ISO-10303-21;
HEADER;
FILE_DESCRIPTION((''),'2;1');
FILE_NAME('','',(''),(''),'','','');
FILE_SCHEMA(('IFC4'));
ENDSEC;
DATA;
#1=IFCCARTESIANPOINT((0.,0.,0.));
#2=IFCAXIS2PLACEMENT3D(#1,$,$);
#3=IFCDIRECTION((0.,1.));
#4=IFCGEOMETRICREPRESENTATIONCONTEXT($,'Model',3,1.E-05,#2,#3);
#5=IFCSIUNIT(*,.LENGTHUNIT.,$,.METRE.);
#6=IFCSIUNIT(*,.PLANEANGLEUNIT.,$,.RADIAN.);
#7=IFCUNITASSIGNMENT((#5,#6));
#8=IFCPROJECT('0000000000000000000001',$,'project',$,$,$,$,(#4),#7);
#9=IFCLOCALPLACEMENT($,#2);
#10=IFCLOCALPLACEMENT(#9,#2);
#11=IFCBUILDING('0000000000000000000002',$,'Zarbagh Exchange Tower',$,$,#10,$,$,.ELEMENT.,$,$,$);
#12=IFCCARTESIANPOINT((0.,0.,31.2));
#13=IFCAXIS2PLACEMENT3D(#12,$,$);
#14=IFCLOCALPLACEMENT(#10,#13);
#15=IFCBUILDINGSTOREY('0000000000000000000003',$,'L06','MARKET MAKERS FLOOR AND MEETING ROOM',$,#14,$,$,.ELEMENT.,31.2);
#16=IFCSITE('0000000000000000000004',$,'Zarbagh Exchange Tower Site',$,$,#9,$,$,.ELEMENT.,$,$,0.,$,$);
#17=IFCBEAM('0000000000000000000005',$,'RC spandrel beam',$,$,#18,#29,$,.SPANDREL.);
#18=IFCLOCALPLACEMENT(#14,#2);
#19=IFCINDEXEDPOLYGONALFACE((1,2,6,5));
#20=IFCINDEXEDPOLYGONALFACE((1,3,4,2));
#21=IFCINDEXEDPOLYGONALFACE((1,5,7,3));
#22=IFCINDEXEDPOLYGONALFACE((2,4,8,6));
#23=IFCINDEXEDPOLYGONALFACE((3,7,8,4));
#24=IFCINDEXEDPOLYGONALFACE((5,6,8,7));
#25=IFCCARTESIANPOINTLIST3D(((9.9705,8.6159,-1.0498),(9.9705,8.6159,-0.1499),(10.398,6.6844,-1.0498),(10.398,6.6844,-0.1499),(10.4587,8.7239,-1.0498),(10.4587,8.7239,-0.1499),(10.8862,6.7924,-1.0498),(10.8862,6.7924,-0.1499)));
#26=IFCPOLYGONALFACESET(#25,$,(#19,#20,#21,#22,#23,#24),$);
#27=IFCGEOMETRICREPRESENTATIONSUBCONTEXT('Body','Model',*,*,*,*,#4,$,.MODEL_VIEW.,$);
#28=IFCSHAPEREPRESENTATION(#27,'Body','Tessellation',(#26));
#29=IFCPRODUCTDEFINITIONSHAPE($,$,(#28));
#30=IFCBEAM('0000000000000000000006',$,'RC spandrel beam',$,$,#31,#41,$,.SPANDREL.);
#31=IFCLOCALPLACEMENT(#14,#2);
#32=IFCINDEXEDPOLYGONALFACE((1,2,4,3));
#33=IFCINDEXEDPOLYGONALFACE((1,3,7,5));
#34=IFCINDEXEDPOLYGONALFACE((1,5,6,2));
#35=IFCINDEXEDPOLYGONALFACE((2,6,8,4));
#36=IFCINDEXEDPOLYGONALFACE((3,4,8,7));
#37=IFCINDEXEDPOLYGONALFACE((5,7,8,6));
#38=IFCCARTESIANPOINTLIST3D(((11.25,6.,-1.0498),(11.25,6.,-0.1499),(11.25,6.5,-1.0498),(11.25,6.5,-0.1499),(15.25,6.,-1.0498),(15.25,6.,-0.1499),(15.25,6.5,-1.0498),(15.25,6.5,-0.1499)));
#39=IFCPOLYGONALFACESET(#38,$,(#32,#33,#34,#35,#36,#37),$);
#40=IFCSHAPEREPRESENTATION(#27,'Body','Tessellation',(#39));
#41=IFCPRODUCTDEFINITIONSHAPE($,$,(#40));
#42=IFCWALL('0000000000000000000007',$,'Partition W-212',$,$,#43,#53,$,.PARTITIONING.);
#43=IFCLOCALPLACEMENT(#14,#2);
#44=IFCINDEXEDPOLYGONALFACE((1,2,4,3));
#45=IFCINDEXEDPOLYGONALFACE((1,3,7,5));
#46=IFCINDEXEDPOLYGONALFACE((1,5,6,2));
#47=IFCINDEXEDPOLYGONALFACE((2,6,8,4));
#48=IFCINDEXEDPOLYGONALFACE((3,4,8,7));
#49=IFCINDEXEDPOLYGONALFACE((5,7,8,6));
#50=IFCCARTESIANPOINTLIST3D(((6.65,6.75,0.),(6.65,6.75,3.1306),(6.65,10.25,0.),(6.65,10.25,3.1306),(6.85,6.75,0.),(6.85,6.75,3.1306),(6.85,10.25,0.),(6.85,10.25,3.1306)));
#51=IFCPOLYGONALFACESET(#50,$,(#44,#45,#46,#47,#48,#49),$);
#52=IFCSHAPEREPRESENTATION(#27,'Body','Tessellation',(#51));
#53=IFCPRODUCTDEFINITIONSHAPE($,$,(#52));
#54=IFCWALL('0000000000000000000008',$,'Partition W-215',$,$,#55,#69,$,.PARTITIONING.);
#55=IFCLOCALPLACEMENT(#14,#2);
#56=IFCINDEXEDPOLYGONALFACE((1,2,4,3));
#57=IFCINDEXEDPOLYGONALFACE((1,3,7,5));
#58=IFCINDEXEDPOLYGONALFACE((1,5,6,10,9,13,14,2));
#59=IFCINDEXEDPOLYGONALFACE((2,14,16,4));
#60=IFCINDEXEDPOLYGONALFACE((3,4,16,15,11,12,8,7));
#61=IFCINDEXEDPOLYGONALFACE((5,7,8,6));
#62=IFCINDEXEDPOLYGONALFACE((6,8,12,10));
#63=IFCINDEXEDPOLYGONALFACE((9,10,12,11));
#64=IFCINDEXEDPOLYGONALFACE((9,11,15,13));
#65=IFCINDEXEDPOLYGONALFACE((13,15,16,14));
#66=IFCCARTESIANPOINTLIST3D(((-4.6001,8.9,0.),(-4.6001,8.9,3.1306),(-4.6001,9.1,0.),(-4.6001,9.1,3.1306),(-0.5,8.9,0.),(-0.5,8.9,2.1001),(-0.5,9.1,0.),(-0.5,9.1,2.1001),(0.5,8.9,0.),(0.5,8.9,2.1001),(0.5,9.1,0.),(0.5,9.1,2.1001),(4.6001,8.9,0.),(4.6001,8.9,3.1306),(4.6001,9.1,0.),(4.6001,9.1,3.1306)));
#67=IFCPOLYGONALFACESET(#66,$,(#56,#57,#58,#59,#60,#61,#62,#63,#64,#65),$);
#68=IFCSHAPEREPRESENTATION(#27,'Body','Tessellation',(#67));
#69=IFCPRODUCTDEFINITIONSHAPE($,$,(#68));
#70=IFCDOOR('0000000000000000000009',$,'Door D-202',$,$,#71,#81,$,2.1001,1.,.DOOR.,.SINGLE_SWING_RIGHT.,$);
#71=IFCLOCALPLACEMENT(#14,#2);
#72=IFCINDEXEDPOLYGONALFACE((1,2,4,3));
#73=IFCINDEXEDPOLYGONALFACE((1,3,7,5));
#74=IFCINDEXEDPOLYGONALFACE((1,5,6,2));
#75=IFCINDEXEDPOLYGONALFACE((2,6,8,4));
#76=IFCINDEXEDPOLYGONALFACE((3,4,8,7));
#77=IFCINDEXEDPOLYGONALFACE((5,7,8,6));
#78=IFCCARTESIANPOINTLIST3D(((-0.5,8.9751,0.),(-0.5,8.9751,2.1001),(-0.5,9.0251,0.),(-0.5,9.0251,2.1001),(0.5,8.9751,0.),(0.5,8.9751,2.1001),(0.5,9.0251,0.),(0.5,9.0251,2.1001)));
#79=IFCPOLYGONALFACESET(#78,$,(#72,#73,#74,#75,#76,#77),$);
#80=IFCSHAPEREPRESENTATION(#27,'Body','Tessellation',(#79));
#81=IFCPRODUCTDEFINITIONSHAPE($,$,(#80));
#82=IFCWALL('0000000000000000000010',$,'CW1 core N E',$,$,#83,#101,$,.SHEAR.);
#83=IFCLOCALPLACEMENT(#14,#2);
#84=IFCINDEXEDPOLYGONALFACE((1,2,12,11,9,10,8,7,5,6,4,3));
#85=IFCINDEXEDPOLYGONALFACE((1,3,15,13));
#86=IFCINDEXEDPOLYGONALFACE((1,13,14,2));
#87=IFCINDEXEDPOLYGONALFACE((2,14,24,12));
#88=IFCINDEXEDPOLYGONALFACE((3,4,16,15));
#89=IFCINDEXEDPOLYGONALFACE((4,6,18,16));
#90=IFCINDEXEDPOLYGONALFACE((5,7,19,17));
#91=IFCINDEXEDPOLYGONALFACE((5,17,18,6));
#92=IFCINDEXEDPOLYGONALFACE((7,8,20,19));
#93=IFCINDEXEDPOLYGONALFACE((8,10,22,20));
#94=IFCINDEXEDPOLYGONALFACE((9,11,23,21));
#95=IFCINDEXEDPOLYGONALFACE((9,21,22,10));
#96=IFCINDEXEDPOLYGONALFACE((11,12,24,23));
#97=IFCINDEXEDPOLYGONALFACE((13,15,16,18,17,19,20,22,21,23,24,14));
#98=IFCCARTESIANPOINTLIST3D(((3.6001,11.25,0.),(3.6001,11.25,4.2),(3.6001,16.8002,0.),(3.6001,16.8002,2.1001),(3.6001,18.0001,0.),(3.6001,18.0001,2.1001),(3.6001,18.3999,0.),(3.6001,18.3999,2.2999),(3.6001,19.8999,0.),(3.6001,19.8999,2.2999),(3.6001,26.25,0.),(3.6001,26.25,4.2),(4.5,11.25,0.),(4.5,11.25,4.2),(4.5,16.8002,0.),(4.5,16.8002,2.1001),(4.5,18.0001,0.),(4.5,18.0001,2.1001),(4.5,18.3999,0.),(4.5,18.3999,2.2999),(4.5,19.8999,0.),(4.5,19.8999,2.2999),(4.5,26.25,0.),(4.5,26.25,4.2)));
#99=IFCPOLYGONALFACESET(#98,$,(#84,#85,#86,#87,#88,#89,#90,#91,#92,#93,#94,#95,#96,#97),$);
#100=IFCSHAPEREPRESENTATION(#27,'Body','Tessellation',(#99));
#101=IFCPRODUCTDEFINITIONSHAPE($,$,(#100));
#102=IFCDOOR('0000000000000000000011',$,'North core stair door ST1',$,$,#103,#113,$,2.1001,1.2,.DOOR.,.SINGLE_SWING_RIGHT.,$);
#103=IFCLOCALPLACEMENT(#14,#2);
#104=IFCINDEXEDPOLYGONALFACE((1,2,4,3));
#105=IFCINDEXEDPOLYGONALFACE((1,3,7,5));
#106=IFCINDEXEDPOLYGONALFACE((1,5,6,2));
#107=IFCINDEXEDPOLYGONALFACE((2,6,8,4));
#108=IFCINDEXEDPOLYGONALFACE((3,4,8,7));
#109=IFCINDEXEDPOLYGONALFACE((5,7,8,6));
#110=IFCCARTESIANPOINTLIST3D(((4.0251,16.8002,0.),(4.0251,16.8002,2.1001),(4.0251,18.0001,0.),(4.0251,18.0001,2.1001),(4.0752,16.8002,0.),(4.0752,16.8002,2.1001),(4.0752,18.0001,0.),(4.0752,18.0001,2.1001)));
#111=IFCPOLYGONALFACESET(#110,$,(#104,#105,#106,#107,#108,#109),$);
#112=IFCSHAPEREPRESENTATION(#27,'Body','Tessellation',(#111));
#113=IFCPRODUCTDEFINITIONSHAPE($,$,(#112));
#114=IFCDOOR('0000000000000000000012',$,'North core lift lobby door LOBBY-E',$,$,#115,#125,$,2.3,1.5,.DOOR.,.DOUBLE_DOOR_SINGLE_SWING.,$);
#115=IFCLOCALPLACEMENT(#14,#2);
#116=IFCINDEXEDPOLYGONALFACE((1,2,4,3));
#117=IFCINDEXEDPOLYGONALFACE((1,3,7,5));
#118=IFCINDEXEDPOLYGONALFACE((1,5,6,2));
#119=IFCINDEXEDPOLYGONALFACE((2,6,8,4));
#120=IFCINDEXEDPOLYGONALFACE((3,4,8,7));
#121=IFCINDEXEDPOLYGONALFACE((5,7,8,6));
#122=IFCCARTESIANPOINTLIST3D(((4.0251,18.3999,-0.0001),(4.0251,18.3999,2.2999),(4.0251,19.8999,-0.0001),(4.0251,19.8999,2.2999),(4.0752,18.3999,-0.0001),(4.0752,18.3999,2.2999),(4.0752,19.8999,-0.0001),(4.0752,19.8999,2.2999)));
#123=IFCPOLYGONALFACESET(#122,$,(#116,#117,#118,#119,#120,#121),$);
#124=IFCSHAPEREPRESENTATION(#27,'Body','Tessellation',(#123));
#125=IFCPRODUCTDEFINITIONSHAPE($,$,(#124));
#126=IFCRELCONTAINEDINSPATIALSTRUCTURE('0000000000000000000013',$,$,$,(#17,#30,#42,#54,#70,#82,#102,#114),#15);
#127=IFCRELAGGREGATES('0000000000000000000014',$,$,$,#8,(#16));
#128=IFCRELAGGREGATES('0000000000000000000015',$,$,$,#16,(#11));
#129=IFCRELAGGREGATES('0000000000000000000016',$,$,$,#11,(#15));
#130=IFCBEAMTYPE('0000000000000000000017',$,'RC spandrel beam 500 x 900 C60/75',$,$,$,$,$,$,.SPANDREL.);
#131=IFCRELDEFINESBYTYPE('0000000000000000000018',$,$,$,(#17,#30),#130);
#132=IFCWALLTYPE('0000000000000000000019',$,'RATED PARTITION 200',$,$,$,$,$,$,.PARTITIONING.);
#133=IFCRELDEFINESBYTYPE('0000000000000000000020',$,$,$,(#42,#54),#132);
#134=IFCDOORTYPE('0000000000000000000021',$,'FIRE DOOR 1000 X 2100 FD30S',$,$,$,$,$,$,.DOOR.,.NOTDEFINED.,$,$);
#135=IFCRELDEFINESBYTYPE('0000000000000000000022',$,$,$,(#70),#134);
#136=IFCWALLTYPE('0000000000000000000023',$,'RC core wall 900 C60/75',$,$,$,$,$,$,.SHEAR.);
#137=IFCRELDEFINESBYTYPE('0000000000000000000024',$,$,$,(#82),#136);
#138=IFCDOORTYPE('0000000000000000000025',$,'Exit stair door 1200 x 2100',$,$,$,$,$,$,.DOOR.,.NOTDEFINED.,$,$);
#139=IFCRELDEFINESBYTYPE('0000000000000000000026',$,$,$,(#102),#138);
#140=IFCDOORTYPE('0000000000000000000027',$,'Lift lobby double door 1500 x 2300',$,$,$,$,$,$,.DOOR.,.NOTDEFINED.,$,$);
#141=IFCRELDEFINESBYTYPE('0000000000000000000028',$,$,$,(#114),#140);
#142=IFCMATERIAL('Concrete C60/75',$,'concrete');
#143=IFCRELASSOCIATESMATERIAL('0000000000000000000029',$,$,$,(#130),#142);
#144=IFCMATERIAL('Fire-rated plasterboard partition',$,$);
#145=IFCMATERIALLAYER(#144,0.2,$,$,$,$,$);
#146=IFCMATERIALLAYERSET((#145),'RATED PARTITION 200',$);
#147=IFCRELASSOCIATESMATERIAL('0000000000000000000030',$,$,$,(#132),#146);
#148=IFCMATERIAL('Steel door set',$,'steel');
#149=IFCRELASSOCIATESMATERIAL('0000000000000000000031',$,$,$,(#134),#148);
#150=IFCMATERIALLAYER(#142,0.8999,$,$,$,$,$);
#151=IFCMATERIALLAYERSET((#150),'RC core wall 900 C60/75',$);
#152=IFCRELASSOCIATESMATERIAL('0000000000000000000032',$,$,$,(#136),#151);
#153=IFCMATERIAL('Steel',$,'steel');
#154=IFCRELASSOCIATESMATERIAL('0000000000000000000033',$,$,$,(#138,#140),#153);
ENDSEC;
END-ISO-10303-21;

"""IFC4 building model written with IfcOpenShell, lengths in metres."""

from ifc_helpers import new_model, si_unit, direction, frame, frame_2d, origin, origin_2d, place, context, subcontext, project, spatial, rectangle, extrude, material, layer, layer_set, material_profile, profile_set, type_object, element, fill, save


model = new_model("IFC4")

# Units and contexts
model_context = context("Model", 3, precision=1e-05, world=origin(), true_north=direction((0.0, 1.0)))
body_context = subcontext(model_context, "Body", "Model", "MODEL_VIEW")
ifc_project = project(units=[si_unit("LENGTHUNIT", "METRE"), si_unit("PLANEANGLEUNIT", "RADIAN")], contexts=[model_context])

# Site, building, storey
site_placement = place(None, origin())
site = spatial("IfcSite", under=ifc_project, at=site_placement, Name="Zarbagh Exchange Tower Site", CompositionType="ELEMENT", RefElevation=0.0)
building_placement = place(site_placement, origin())
building = spatial("IfcBuilding", under=site, at=building_placement, Name="Zarbagh Exchange Tower", CompositionType="ELEMENT")
storey_placement = place(building_placement, frame((0.0, 0.0, 31.2)))
storey = spatial("IfcBuildingStorey", under=building, at=storey_placement, Name="L06", Description="MARKET MAKERS FLOOR AND MEETING ROOM", CompositionType="ELEMENT", Elevation=31.2)

# Shared definitions
ifc_material_1 = material(Name="Concrete C60/75", Category="concrete")

# Beams
ifc_material_profile_1 = material_profile(ifc_material_1, rectangle(XDim=0.5, YDim=0.8999, at=origin_2d()), Name="RC spandrel beam 500 x 900 C60/75")
ifc_profile_set_1 = profile_set([ifc_material_profile_1], Name="Concrete C60/75")
beam_type = type_object("IfcBeamType", Name="RC spandrel beam 500 x 900 C60/75", PredefinedType="SPANDREL", material=ifc_profile_set_1)
beam_1_placement = place(storey_placement, frame((10.2146, 8.6699, -0.5999), z_axis=(0.216081, -0.976375, 0.0), x_axis=(0.976375, 0.216081, 0.0)))
element("IfcBeam", 1, at=beam_1_placement, inside=storey, type_object=beam_type, Name="RC spandrel beam", PredefinedType="SPANDREL", context=body_context, shape_type="SweptSolid", body=[
    extrude(rectangle(XDim=0.5, YDim=0.8999, at=origin_2d()), origin(), (0.0, 0.0, 1.0), 1.9783),
])
beam_2_placement = place(storey_placement, frame((11.25, 6.25, -0.5999), z_axis=(1.0, 0.0, 0.0), x_axis=(0.0, 1.0, 0.0)))
element("IfcBeam", 2, at=beam_2_placement, inside=storey, type_object=beam_type, Name="RC spandrel beam", PredefinedType="SPANDREL", context=body_context, shape_type="SweptSolid", body=[
    extrude(rectangle(XDim=0.5, YDim=0.8999, at=origin_2d()), origin(), (0.0, 0.0, 1.0), 4.0),
])

# Wall
ifc_material_2 = material(Name="Fire-rated plasterboard partition")
ifc_layer_1 = layer(ifc_material_2, 0.2)
ifc_layer_set_1 = layer_set([ifc_layer_1], Name="RATED PARTITION 200")
wall_type_1 = type_object("IfcWallType", Name="RATED PARTITION 200", PredefinedType="PARTITIONING", material=ifc_layer_set_1)
wall_1_placement = place(storey_placement, frame((6.75, 6.75, 0.0), z_axis=(0.0, 0.0, 1.0), x_axis=(0.0, 1.0, 0.0)))
element("IfcWall", 3, at=wall_1_placement, inside=storey, type_object=wall_type_1, Name="Partition W-212", PredefinedType="PARTITIONING", context=body_context, shape_type="SweptSolid", body=[
    extrude(rectangle(XDim=3.5, YDim=0.2, at=frame_2d((1.75, 0.0))), origin(), (0.0, 0.0, 1.0), 3.1306),
])

# Wall, opening, door
wall_2_placement = place(storey_placement, frame((4.6001, 9.0, 0.0), z_axis=(0.0, 0.0, 1.0), x_axis=(-1.0, 0.0, 0.0)))
wall_2 = element("IfcWall", 4, at=wall_2_placement, inside=storey, type_object=wall_type_1, Name="Partition W-215", PredefinedType="PARTITIONING", context=body_context, shape_type="SweptSolid", body=[
    extrude(rectangle(XDim=9.2002, YDim=0.2, at=frame_2d((4.6001, 0.0))), origin(), (0.0, 0.0, 1.0), 3.1306),
])
opening_1_placement = place(wall_2_placement, frame((4.1001, 0.0, 0.0)))
opening_1 = element("IfcOpeningElement", 5, at=opening_1_placement, cuts=wall_2, PredefinedType="OPENING", context=body_context, shape_type="SweptSolid", body=[
    extrude(rectangle(XDim=1.0, YDim=2.1001, at=frame_2d((0.5, 1.05))), frame((0.0, 0.1099, 0.0), z_axis=(0.0, -1.0, 0.0), x_axis=(1.0, 0.0, 0.0)), (0.0, 0.0, 1.0), 0.22),
])
ifc_material_3 = material(Name="Steel door set", Category="steel")
door_type_1 = type_object("IfcDoorType", Name="FIRE DOOR 1000 X 2100 FD30S", OperationType="NOTDEFINED", PredefinedType="DOOR", material=ifc_material_3)
door_1_placement = place(opening_1_placement, origin())
door_1 = element("IfcDoor", 6, at=door_1_placement, inside=storey, type_object=door_type_1, Name="Door D-202", OperationType="SINGLE_SWING_RIGHT", OverallHeight=2.1001, OverallWidth=1.0, PredefinedType="DOOR", context=body_context, shape_type="SweptSolid", body=[
    extrude(rectangle(XDim=1.0, YDim=2.1001, at=frame_2d((0.5, 1.05))), frame((0.0, 0.0249, 0.0), z_axis=(0.0, -1.0, 0.0), x_axis=(1.0, 0.0, 0.0)), (0.0, 0.0, 1.0), 0.05),
])
fill(opening_1, door_1)

# Wall, openings, doors
ifc_layer_2 = layer(ifc_material_1, 0.8999)
ifc_layer_set_2 = layer_set([ifc_layer_2], Name="RC core wall 900 C60/75")
wall_type_2 = type_object("IfcWallType", Name="RC core wall 900 C60/75", PredefinedType="SHEAR", material=ifc_layer_set_2)
wall_3_placement = place(storey_placement, frame((4.05, 11.25, 0.0), z_axis=(0.0, 0.0, 1.0), x_axis=(0.0, 1.0, 0.0)))
wall_3 = element("IfcWall", 7, at=wall_3_placement, inside=storey, type_object=wall_type_2, Name="CW1 core N E", PredefinedType="SHEAR", context=body_context, shape_type="SweptSolid", body=[
    extrude(rectangle(XDim=15.0, YDim=0.8999, at=frame_2d((7.5, 0.0))), origin(), (0.0, 0.0, 1.0), 4.2),
])
opening_2_placement = place(wall_3_placement, frame((7.1499, 0.0, 0.0)))
opening_2 = element("IfcOpeningElement", 8, at=opening_2_placement, cuts=wall_3, PredefinedType="OPENING", context=body_context, shape_type="SweptSolid", body=[
    extrude(rectangle(XDim=1.5, YDim=2.3, at=frame_2d((0.75, 1.1499))), frame((0.0, 0.46, 0.0), z_axis=(0.0, -1.0, 0.0), x_axis=(1.0, 0.0, 0.0)), (0.0, 0.0, 1.0), 0.9199),
])
opening_3_placement = place(wall_3_placement, frame((5.55, 0.0, 0.0)))
opening_3 = element("IfcOpeningElement", 9, at=opening_3_placement, cuts=wall_3, PredefinedType="OPENING", context=body_context, shape_type="SweptSolid", body=[
    extrude(rectangle(XDim=1.2, YDim=2.1001, at=frame_2d((0.6001, 1.05))), frame((0.0, 0.46, 0.0), z_axis=(0.0, -1.0, 0.0), x_axis=(1.0, 0.0, 0.0)), (0.0, 0.0, 1.0), 0.9199),
])
ifc_material_4 = material(Name="Steel", Category="steel")
door_type_2 = type_object("IfcDoorType", Name="Exit stair door 1200 x 2100", OperationType="NOTDEFINED", PredefinedType="DOOR", material=ifc_material_4)
door_2_placement = place(opening_3_placement, origin())
door_2 = element("IfcDoor", 10, at=door_2_placement, inside=storey, type_object=door_type_2, Name="North core stair door ST1", OperationType="SINGLE_SWING_RIGHT", OverallHeight=2.1001, OverallWidth=1.2, PredefinedType="DOOR", context=body_context, shape_type="SweptSolid", body=[
    extrude(rectangle(XDim=1.2, YDim=2.1001, at=frame_2d((0.6001, 1.05))), frame((0.0, 0.0249, 0.0), z_axis=(0.0, -1.0, 0.0), x_axis=(1.0, 0.0, 0.0)), (0.0, 0.0, 1.0), 0.05),
])
fill(opening_3, door_2)
door_type_3 = type_object("IfcDoorType", Name="Lift lobby double door 1500 x 2300", OperationType="NOTDEFINED", PredefinedType="DOOR", material=ifc_material_4)
door_3_placement = place(opening_2_placement, origin())
door_3 = element("IfcDoor", 11, at=door_3_placement, inside=storey, type_object=door_type_3, Name="North core lift lobby door LOBBY-E", OperationType="DOUBLE_DOOR_SINGLE_SWING", OverallHeight=2.3, OverallWidth=1.5, PredefinedType="DOOR", context=body_context, shape_type="SweptSolid", body=[
    extrude(rectangle(XDim=1.5, YDim=2.3, at=frame_2d((0.75, 1.1499))), frame((0.0, 0.0249, 0.0), z_axis=(0.0, -1.0, 0.0), x_axis=(1.0, 0.0, 0.0)), (0.0, 0.0, 1.0), 0.05),
])
fill(opening_2, door_3)

save(model, "model.ifc")
